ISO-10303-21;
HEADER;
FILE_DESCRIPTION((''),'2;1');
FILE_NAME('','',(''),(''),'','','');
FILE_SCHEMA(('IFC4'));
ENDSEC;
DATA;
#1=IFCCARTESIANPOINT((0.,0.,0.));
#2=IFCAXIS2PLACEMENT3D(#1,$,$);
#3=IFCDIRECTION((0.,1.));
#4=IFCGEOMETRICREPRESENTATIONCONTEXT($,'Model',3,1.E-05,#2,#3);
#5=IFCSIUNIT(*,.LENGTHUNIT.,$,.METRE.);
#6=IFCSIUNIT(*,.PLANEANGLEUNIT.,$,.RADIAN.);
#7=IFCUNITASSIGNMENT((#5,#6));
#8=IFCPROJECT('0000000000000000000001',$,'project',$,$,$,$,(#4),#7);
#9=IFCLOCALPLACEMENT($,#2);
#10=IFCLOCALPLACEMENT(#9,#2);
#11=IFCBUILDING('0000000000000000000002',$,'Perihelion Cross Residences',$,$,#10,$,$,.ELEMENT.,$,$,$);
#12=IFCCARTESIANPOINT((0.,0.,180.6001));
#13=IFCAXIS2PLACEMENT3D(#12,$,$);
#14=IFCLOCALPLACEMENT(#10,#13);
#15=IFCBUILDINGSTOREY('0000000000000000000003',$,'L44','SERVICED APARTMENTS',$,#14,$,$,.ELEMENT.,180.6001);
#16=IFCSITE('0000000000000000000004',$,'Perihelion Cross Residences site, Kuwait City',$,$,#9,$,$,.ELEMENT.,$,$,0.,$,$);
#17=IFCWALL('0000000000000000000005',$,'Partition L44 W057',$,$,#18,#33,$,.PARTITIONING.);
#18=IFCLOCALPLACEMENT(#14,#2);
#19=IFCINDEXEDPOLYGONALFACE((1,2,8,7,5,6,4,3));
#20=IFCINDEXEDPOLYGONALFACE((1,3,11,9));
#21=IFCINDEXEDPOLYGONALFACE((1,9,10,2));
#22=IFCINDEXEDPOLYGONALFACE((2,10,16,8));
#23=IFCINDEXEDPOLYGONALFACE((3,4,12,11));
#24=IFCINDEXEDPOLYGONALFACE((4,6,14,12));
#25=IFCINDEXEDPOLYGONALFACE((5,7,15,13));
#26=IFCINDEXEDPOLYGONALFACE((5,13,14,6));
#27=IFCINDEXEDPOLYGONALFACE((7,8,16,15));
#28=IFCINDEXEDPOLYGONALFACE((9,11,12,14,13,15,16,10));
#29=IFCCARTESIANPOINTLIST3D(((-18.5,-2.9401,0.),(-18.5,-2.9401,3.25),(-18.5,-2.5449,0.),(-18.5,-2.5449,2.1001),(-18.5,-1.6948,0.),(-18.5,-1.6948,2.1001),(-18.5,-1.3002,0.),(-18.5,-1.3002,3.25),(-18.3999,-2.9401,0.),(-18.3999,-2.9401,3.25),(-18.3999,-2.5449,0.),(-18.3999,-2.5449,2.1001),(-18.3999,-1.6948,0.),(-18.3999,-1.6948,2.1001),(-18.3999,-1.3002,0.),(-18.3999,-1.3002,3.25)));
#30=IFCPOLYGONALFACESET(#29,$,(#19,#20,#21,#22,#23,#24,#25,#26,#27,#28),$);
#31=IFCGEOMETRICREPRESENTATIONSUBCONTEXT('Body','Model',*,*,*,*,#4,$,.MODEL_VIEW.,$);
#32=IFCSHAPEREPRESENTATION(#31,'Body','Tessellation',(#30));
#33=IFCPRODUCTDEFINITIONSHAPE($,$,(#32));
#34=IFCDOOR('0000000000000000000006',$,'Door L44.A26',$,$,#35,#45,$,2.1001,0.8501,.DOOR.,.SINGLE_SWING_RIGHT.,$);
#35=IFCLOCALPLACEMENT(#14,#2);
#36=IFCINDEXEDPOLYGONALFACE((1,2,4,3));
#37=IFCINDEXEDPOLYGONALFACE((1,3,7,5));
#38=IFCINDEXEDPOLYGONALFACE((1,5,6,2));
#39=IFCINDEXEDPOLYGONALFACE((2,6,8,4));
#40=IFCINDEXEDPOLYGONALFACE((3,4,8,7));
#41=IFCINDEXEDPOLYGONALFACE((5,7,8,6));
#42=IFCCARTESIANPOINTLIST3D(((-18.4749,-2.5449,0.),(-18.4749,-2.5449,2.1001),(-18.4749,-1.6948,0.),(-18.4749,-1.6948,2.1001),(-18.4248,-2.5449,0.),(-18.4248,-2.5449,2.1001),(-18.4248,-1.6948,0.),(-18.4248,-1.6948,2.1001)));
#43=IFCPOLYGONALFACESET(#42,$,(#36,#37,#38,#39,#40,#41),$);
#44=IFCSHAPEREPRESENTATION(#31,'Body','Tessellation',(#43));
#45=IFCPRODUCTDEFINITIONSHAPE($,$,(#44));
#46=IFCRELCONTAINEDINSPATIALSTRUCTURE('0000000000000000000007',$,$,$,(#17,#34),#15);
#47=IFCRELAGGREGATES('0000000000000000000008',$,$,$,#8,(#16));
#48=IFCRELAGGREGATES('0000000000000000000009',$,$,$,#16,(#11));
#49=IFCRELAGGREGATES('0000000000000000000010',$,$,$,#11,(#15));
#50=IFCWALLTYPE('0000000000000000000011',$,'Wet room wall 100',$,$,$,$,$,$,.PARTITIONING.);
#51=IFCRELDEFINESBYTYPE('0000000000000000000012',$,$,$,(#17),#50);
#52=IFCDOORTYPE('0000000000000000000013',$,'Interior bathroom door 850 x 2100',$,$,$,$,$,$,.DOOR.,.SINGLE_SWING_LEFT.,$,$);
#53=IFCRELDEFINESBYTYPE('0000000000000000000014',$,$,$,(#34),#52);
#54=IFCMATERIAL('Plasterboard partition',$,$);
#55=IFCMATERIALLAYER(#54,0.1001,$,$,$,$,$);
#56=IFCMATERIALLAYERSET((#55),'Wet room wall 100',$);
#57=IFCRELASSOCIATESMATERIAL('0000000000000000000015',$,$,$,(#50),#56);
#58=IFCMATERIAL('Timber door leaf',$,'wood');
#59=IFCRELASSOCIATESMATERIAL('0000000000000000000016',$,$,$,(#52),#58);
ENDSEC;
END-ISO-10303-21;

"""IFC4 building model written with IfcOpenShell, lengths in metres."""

from ifc_helpers import new_model, si_unit, direction, frame, frame_2d, origin, place, context, subcontext, project, spatial, rectangle, extrude, material, layer, layer_set, type_object, element, fill, save


model = new_model("IFC4")

# Units and contexts
model_context = context("Model", 3, precision=1e-05, world=origin(), true_north=direction((0.0, 1.0)))
body_context = subcontext(model_context, "Body", "Model", "MODEL_VIEW")
ifc_project = project(units=[si_unit("LENGTHUNIT", "METRE"), si_unit("PLANEANGLEUNIT", "RADIAN")], contexts=[model_context])

# Site, building, storey
site_placement = place(None, origin())
site = spatial("IfcSite", under=ifc_project, at=site_placement, Name="Perihelion Cross Residences site, Kuwait City", CompositionType="ELEMENT", RefElevation=0.0)
building_placement = place(site_placement, origin())
building = spatial("IfcBuilding", under=site, at=building_placement, Name="Perihelion Cross Residences", CompositionType="ELEMENT")
storey_placement = place(building_placement, frame((0.0, 0.0, 180.6001)))
storey = spatial("IfcBuildingStorey", under=building, at=storey_placement, Name="L44", Description="SERVICED APARTMENTS", CompositionType="ELEMENT", Elevation=180.6001)

# Shared definitions
ifc_material_1 = material(Name="Plasterboard partition")
ifc_layer_1 = layer(ifc_material_1, 0.1001)
ifc_layer_set_1 = layer_set([ifc_layer_1], Name="Wet room wall 100")
wall_type_1 = type_object("IfcWallType", Name="Wet room wall 100", PredefinedType="PARTITIONING", material=ifc_layer_set_1)

# Wall, opening, door
wall_1_placement = place(storey_placement, frame((-18.45, -2.9399, 0.0), z_axis=(0.0, 0.0, 1.0), x_axis=(0.0, 1.0, 0.0)))
wall_1 = element("IfcWall", 1, at=wall_1_placement, inside=storey, type_object=wall_type_1, Name="Partition L44 W057", PredefinedType="PARTITIONING", context=body_context, shape_type="SweptSolid", body=[
    extrude(rectangle(XDim=1.6399, YDim=0.1001, at=frame_2d((0.8198, 0.0))), origin(), (0.0, 0.0, 1.0), 3.25),
])
opening_1_placement = place(wall_1_placement, frame((0.395, 0.0, 0.0)))
opening_1 = element("IfcOpeningElement", 2, at=opening_1_placement, cuts=wall_1, PredefinedType="OPENING", context=body_context, shape_type="SweptSolid", body=[
    extrude(rectangle(XDim=0.8501, YDim=2.1001, at=frame_2d((0.425, 1.05))), frame((0.0, 0.0601, 0.0), z_axis=(0.0, -1.0, 0.0), x_axis=(1.0, 0.0, 0.0)), (0.0, 0.0, 1.0), 0.1201),
])
ifc_material_2 = material(Name="Timber door leaf", Category="wood")
door_type_1 = type_object("IfcDoorType", Name="Interior bathroom door 850 x 2100", OperationType="SINGLE_SWING_LEFT", PredefinedType="DOOR", material=ifc_material_2)
door_1_placement = place(opening_1_placement, origin())
door_1 = element("IfcDoor", 3, at=door_1_placement, inside=storey, type_object=door_type_1, Name="Door L44.A26", OperationType="SINGLE_SWING_RIGHT", OverallHeight=2.1001, OverallWidth=0.8501, PredefinedType="DOOR", context=body_context, shape_type="SweptSolid", body=[
    extrude(rectangle(XDim=0.8501, YDim=2.1001, at=frame_2d((0.425, 1.05))), frame((0.0, 0.0249, 0.0), z_axis=(0.0, -1.0, 0.0), x_axis=(1.0, 0.0, 0.0)), (0.0, 0.0, 1.0), 0.05),
])
fill(opening_1, door_1)

save(model, "model.ifc")
